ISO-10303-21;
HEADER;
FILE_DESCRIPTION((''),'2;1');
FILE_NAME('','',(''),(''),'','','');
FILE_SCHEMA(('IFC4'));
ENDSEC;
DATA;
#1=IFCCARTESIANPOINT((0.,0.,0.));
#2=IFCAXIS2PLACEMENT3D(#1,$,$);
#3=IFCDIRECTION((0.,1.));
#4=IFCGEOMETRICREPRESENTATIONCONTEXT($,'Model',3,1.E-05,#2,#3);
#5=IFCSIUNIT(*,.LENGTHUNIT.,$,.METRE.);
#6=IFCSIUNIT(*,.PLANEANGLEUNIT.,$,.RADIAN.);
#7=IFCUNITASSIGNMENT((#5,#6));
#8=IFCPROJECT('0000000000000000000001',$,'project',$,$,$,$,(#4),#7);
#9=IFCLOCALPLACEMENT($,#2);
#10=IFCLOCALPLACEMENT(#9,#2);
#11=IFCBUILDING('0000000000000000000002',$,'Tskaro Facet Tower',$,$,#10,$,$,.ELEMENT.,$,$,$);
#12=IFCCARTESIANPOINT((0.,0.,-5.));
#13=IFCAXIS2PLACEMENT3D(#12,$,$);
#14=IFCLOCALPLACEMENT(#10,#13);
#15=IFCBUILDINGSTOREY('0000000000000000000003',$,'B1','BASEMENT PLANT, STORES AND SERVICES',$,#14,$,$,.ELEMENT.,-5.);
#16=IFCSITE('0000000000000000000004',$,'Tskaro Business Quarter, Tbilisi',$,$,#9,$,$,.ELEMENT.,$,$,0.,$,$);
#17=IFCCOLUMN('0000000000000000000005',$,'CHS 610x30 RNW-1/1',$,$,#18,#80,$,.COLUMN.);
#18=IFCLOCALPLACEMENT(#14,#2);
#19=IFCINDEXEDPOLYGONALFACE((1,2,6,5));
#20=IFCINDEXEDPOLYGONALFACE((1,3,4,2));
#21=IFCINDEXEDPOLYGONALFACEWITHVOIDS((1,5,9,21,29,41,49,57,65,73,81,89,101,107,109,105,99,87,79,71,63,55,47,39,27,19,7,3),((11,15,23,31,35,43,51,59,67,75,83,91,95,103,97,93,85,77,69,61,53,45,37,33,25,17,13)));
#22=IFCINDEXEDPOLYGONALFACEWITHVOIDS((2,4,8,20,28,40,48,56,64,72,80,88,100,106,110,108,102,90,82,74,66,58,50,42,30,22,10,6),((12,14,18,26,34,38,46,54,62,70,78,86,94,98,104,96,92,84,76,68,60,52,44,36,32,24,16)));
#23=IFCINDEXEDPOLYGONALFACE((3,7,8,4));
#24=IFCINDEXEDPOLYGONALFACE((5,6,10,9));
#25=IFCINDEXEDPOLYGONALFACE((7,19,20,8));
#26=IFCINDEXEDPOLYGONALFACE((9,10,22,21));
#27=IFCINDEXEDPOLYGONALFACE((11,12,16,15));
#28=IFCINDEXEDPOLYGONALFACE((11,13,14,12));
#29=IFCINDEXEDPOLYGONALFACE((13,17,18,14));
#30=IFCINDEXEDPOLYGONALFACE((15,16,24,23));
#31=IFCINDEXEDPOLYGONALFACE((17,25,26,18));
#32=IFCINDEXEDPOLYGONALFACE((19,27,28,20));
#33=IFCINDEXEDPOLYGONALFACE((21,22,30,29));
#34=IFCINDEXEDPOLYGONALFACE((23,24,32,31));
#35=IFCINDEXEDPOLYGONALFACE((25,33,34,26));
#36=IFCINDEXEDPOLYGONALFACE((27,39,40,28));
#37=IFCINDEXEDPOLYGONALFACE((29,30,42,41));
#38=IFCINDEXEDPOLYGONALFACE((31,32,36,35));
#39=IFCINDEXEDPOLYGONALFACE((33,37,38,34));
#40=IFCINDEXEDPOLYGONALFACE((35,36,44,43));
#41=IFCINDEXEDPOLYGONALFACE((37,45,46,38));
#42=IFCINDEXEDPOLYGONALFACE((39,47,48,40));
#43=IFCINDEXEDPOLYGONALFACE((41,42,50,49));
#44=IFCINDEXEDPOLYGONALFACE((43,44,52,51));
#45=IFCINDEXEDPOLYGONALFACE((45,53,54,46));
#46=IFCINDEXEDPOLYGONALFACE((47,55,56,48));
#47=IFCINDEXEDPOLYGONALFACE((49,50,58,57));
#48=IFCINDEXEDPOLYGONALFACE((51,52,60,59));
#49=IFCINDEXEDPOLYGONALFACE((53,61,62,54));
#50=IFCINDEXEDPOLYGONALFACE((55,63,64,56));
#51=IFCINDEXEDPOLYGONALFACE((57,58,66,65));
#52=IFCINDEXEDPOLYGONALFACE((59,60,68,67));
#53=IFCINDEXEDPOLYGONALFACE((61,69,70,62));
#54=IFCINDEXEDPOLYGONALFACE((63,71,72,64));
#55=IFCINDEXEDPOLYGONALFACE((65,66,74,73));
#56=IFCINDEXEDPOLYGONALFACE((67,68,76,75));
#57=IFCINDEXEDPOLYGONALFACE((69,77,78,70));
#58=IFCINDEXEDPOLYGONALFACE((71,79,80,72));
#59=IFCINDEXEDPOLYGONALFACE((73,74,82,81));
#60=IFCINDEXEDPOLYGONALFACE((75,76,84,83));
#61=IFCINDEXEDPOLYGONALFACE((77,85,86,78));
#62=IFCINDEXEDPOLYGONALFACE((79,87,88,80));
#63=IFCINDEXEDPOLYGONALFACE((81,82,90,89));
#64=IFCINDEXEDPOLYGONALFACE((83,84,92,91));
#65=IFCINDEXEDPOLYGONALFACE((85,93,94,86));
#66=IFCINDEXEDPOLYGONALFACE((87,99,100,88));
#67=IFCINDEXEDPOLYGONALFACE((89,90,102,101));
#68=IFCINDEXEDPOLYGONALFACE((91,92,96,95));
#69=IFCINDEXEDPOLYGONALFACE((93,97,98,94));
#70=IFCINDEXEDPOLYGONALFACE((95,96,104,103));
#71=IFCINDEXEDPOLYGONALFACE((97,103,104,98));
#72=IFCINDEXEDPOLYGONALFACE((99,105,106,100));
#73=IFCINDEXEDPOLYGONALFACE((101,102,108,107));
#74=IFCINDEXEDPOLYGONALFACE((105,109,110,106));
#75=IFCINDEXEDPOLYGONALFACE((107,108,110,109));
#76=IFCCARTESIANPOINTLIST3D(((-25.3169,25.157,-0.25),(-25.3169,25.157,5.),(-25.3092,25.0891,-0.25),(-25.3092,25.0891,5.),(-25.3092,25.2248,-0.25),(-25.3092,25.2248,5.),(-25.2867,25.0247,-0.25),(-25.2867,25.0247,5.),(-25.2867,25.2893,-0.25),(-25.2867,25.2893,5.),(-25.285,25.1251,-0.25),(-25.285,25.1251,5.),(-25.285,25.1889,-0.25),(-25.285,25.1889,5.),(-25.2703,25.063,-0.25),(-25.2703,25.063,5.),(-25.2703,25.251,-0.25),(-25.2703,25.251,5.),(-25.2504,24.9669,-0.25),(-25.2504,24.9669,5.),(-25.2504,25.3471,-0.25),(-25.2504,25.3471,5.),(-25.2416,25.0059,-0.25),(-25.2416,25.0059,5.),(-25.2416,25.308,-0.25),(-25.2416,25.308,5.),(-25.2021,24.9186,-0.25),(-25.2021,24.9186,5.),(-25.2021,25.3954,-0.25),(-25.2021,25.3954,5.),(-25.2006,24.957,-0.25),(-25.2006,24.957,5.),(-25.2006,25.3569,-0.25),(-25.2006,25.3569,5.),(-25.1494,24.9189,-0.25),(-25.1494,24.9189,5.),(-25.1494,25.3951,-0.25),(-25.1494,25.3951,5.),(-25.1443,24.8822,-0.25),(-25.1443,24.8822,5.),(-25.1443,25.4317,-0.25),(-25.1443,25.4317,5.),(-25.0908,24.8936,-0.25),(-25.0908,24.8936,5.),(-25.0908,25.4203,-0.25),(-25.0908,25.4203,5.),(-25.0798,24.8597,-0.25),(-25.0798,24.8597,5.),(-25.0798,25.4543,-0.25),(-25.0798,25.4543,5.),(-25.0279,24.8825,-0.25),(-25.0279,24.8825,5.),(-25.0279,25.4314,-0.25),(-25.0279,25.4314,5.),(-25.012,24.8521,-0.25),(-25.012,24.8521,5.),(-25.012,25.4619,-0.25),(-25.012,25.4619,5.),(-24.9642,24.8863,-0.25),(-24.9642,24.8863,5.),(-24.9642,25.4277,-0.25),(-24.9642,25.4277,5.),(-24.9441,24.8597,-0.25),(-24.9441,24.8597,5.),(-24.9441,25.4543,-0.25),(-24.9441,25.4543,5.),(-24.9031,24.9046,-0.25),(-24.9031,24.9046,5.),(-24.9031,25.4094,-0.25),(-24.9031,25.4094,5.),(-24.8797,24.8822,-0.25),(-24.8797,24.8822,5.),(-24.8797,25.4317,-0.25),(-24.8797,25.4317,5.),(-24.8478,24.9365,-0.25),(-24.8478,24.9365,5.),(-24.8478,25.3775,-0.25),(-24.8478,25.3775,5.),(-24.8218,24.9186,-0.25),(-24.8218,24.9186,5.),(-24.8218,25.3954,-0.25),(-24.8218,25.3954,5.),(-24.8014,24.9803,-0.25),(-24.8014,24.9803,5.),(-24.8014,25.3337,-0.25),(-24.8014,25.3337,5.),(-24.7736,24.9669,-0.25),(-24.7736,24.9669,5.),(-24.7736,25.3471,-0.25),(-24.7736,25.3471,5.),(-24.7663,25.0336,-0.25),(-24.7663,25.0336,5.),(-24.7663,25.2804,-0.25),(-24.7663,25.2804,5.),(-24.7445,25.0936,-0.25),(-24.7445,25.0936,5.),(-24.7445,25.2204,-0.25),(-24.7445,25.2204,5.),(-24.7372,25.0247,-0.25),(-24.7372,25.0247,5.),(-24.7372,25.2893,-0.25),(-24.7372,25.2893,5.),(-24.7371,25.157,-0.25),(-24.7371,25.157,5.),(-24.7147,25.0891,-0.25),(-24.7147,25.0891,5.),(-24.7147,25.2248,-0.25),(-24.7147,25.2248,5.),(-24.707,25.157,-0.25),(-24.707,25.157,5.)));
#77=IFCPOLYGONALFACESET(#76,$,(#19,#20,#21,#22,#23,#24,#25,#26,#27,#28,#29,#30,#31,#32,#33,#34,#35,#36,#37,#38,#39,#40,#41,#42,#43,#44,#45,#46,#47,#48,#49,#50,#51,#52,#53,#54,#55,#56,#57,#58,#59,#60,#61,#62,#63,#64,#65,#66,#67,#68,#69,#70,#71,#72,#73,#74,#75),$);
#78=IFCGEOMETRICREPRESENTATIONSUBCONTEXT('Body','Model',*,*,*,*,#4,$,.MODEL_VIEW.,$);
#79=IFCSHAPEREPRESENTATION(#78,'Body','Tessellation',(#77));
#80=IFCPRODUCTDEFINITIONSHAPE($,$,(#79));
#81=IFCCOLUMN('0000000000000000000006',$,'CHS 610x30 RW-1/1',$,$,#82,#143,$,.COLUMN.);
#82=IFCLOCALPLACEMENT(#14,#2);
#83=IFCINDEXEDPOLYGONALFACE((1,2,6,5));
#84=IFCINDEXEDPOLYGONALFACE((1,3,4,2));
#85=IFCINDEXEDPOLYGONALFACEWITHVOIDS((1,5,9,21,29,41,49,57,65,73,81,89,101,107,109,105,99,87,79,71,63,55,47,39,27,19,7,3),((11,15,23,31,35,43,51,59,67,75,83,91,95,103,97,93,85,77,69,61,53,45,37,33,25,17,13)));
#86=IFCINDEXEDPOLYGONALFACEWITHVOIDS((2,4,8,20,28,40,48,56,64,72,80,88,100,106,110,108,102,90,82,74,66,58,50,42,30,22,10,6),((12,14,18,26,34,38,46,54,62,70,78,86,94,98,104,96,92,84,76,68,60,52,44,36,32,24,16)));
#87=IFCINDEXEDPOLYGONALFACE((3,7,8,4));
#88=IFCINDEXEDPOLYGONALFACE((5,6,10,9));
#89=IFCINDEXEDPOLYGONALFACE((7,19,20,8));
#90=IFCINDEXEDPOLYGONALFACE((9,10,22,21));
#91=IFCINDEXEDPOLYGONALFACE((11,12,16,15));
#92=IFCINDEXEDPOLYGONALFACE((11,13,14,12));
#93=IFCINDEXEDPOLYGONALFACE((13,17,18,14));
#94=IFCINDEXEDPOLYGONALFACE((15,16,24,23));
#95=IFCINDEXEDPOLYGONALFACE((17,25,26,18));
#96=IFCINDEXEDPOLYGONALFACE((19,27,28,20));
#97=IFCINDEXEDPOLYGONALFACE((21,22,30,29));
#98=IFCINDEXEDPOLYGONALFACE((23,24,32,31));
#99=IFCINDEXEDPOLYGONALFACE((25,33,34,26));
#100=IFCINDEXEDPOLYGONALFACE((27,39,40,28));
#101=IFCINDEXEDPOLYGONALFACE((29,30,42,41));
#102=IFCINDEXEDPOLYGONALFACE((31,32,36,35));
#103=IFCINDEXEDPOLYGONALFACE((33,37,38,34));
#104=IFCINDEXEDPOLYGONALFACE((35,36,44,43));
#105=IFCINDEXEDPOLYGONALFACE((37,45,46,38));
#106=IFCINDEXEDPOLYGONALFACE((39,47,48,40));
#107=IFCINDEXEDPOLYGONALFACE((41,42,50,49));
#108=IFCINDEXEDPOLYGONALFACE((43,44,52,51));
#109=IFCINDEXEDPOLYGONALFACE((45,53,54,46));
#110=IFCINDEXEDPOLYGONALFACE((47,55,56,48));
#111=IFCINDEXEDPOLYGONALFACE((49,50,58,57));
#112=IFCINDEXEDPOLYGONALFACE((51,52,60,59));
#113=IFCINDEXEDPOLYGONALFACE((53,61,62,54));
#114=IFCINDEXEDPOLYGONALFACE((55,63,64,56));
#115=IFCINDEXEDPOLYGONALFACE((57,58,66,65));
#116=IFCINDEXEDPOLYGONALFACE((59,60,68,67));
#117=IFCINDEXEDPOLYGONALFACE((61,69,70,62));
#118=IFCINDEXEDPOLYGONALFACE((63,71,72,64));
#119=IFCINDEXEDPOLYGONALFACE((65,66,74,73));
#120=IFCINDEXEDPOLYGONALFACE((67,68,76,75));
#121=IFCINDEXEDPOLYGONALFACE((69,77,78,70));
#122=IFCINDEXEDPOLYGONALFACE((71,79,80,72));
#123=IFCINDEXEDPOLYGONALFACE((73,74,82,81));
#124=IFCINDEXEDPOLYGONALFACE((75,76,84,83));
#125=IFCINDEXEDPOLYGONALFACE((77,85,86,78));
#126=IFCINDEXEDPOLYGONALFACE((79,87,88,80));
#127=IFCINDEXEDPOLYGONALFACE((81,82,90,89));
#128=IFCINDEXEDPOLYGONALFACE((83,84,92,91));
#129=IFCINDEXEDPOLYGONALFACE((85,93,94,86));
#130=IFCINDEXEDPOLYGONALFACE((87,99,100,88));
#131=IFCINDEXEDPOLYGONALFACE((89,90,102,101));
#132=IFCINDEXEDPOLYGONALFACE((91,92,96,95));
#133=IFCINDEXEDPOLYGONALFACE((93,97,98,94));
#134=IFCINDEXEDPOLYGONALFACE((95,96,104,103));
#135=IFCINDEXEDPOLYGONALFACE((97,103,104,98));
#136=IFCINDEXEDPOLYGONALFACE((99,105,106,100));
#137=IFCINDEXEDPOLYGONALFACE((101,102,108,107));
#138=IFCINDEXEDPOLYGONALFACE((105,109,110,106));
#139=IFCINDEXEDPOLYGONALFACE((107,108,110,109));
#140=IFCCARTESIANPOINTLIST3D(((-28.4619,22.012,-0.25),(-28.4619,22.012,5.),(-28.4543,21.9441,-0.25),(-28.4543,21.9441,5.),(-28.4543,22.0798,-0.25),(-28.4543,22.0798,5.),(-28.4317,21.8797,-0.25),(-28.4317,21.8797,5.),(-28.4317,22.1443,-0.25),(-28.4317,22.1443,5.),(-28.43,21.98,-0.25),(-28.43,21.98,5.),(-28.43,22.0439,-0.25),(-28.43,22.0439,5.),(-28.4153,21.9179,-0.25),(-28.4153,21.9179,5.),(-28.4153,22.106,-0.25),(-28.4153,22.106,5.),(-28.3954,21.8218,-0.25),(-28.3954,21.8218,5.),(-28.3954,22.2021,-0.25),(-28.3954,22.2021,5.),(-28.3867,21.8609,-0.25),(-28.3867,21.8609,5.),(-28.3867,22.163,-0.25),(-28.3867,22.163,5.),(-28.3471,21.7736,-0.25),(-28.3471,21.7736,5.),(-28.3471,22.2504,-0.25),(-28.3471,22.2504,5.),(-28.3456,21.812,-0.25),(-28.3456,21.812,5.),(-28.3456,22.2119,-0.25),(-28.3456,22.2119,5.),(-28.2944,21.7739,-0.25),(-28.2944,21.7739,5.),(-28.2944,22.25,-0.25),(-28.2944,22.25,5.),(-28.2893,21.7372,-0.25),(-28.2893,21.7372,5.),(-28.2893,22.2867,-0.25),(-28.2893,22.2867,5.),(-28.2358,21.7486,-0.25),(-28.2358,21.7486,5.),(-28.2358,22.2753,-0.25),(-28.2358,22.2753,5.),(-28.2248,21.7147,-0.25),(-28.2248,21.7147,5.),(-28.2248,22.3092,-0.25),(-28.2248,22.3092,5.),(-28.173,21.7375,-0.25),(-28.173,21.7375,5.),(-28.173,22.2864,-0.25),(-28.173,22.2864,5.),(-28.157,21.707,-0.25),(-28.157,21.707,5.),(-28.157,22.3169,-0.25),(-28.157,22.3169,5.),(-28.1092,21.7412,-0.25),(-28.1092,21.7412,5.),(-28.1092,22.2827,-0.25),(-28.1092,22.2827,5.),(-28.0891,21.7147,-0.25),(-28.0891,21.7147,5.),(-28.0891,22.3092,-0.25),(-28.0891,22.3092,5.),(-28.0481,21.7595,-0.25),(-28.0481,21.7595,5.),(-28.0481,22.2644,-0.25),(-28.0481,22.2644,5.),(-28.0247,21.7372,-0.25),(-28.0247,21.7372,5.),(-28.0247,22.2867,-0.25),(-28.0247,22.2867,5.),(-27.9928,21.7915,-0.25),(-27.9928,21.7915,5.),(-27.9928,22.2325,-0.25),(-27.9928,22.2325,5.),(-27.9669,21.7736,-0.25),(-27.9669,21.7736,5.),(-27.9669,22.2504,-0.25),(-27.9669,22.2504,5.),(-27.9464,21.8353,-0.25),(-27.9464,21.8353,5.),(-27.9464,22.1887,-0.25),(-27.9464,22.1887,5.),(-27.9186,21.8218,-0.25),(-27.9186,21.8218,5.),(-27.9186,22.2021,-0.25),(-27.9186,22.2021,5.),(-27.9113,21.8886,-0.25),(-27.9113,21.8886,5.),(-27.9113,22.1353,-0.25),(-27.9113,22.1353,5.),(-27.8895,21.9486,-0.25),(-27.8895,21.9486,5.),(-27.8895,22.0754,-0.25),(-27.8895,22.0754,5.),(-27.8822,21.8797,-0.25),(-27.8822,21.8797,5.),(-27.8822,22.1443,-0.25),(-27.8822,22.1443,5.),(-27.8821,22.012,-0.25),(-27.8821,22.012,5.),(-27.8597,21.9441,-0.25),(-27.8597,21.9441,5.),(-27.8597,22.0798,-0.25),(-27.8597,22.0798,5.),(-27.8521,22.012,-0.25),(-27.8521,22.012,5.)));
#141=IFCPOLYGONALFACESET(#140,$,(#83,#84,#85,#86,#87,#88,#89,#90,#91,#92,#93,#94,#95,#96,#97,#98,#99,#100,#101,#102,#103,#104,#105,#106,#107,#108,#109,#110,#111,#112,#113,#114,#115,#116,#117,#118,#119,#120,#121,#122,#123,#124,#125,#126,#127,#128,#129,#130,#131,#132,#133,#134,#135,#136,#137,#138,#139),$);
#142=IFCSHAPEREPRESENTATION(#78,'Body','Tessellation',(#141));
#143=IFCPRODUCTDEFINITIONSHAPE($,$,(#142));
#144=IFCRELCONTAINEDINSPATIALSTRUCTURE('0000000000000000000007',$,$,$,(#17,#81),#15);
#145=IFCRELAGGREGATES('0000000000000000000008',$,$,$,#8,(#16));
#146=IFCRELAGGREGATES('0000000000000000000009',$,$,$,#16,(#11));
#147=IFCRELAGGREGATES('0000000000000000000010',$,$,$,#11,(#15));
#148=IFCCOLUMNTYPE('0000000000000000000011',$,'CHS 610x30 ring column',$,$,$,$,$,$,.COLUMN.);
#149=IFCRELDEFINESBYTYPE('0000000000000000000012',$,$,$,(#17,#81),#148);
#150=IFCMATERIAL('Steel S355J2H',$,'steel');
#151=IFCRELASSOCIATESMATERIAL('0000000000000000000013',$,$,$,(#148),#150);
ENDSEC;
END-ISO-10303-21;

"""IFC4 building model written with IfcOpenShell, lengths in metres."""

from ifc_helpers import new_model, si_unit, direction, frame, origin, origin_2d, place, context, subcontext, project, spatial, hollow_circle, extrude, material, material_profile, profile_set, type_object, element, save


model = new_model("IFC4")

# Units and contexts
model_context = context("Model", 3, precision=1e-05, world=origin(), true_north=direction((0.0, 1.0)))
body_context = subcontext(model_context, "Body", "Model", "MODEL_VIEW")
ifc_project = project(units=[si_unit("LENGTHUNIT", "METRE"), si_unit("PLANEANGLEUNIT", "RADIAN")], contexts=[model_context])

# Site, building, storey
site_placement = place(None, origin())
site = spatial("IfcSite", under=ifc_project, at=site_placement, Name="Tskaro Business Quarter, Tbilisi", CompositionType="ELEMENT", RefElevation=0.0)
building_placement = place(site_placement, origin())
building = spatial("IfcBuilding", under=site, at=building_placement, Name="Tskaro Facet Tower", CompositionType="ELEMENT")
storey_placement = place(building_placement, frame((0.0, 0.0, -5.0)))
storey = spatial("IfcBuildingStorey", under=building, at=storey_placement, Name="B1", Description="BASEMENT PLANT, STORES AND SERVICES", CompositionType="ELEMENT", Elevation=-5.0)

# Columns
ifc_material_1 = material(Name="Steel S355J2H", Category="steel")
ifc_material_profile_1 = material_profile(ifc_material_1, hollow_circle(Radius=0.3049, WallThickness=0.03, at=origin_2d()), Name="CHS 610x30")
ifc_profile_set_1 = profile_set([ifc_material_profile_1], Name="Steel S355J2H")
column_type_1 = type_object("IfcColumnType", Name="CHS 610x30 ring column", PredefinedType="COLUMN", material=ifc_profile_set_1)
for number, where, z_axis, x_axis, name in (
    (1, (-25.012, 25.157, -0.25), (0.0, 0.0, 1.0), (1.0, 0.0, 0.0), "CHS 610x30 RNW-1/1"),
    (2, (-28.157, 22.012, -0.25), (0.0, 0.0, 1.0), (1.0, 0.0, 0.0), "CHS 610x30 RW-1/1"),
):
    element("IfcColumn", number, at=place(storey_placement, frame(where, z_axis=z_axis, x_axis=x_axis)), inside=storey, type_object=column_type_1, Name=name, PredefinedType="COLUMN", context=body_context, shape_type="SweptSolid", body=[
        extrude(hollow_circle(Radius=0.3049, WallThickness=0.03, at=origin_2d()), origin(), (0.0, 0.0, 1.0), 5.25),
    ])

save(model, "model.ifc")
